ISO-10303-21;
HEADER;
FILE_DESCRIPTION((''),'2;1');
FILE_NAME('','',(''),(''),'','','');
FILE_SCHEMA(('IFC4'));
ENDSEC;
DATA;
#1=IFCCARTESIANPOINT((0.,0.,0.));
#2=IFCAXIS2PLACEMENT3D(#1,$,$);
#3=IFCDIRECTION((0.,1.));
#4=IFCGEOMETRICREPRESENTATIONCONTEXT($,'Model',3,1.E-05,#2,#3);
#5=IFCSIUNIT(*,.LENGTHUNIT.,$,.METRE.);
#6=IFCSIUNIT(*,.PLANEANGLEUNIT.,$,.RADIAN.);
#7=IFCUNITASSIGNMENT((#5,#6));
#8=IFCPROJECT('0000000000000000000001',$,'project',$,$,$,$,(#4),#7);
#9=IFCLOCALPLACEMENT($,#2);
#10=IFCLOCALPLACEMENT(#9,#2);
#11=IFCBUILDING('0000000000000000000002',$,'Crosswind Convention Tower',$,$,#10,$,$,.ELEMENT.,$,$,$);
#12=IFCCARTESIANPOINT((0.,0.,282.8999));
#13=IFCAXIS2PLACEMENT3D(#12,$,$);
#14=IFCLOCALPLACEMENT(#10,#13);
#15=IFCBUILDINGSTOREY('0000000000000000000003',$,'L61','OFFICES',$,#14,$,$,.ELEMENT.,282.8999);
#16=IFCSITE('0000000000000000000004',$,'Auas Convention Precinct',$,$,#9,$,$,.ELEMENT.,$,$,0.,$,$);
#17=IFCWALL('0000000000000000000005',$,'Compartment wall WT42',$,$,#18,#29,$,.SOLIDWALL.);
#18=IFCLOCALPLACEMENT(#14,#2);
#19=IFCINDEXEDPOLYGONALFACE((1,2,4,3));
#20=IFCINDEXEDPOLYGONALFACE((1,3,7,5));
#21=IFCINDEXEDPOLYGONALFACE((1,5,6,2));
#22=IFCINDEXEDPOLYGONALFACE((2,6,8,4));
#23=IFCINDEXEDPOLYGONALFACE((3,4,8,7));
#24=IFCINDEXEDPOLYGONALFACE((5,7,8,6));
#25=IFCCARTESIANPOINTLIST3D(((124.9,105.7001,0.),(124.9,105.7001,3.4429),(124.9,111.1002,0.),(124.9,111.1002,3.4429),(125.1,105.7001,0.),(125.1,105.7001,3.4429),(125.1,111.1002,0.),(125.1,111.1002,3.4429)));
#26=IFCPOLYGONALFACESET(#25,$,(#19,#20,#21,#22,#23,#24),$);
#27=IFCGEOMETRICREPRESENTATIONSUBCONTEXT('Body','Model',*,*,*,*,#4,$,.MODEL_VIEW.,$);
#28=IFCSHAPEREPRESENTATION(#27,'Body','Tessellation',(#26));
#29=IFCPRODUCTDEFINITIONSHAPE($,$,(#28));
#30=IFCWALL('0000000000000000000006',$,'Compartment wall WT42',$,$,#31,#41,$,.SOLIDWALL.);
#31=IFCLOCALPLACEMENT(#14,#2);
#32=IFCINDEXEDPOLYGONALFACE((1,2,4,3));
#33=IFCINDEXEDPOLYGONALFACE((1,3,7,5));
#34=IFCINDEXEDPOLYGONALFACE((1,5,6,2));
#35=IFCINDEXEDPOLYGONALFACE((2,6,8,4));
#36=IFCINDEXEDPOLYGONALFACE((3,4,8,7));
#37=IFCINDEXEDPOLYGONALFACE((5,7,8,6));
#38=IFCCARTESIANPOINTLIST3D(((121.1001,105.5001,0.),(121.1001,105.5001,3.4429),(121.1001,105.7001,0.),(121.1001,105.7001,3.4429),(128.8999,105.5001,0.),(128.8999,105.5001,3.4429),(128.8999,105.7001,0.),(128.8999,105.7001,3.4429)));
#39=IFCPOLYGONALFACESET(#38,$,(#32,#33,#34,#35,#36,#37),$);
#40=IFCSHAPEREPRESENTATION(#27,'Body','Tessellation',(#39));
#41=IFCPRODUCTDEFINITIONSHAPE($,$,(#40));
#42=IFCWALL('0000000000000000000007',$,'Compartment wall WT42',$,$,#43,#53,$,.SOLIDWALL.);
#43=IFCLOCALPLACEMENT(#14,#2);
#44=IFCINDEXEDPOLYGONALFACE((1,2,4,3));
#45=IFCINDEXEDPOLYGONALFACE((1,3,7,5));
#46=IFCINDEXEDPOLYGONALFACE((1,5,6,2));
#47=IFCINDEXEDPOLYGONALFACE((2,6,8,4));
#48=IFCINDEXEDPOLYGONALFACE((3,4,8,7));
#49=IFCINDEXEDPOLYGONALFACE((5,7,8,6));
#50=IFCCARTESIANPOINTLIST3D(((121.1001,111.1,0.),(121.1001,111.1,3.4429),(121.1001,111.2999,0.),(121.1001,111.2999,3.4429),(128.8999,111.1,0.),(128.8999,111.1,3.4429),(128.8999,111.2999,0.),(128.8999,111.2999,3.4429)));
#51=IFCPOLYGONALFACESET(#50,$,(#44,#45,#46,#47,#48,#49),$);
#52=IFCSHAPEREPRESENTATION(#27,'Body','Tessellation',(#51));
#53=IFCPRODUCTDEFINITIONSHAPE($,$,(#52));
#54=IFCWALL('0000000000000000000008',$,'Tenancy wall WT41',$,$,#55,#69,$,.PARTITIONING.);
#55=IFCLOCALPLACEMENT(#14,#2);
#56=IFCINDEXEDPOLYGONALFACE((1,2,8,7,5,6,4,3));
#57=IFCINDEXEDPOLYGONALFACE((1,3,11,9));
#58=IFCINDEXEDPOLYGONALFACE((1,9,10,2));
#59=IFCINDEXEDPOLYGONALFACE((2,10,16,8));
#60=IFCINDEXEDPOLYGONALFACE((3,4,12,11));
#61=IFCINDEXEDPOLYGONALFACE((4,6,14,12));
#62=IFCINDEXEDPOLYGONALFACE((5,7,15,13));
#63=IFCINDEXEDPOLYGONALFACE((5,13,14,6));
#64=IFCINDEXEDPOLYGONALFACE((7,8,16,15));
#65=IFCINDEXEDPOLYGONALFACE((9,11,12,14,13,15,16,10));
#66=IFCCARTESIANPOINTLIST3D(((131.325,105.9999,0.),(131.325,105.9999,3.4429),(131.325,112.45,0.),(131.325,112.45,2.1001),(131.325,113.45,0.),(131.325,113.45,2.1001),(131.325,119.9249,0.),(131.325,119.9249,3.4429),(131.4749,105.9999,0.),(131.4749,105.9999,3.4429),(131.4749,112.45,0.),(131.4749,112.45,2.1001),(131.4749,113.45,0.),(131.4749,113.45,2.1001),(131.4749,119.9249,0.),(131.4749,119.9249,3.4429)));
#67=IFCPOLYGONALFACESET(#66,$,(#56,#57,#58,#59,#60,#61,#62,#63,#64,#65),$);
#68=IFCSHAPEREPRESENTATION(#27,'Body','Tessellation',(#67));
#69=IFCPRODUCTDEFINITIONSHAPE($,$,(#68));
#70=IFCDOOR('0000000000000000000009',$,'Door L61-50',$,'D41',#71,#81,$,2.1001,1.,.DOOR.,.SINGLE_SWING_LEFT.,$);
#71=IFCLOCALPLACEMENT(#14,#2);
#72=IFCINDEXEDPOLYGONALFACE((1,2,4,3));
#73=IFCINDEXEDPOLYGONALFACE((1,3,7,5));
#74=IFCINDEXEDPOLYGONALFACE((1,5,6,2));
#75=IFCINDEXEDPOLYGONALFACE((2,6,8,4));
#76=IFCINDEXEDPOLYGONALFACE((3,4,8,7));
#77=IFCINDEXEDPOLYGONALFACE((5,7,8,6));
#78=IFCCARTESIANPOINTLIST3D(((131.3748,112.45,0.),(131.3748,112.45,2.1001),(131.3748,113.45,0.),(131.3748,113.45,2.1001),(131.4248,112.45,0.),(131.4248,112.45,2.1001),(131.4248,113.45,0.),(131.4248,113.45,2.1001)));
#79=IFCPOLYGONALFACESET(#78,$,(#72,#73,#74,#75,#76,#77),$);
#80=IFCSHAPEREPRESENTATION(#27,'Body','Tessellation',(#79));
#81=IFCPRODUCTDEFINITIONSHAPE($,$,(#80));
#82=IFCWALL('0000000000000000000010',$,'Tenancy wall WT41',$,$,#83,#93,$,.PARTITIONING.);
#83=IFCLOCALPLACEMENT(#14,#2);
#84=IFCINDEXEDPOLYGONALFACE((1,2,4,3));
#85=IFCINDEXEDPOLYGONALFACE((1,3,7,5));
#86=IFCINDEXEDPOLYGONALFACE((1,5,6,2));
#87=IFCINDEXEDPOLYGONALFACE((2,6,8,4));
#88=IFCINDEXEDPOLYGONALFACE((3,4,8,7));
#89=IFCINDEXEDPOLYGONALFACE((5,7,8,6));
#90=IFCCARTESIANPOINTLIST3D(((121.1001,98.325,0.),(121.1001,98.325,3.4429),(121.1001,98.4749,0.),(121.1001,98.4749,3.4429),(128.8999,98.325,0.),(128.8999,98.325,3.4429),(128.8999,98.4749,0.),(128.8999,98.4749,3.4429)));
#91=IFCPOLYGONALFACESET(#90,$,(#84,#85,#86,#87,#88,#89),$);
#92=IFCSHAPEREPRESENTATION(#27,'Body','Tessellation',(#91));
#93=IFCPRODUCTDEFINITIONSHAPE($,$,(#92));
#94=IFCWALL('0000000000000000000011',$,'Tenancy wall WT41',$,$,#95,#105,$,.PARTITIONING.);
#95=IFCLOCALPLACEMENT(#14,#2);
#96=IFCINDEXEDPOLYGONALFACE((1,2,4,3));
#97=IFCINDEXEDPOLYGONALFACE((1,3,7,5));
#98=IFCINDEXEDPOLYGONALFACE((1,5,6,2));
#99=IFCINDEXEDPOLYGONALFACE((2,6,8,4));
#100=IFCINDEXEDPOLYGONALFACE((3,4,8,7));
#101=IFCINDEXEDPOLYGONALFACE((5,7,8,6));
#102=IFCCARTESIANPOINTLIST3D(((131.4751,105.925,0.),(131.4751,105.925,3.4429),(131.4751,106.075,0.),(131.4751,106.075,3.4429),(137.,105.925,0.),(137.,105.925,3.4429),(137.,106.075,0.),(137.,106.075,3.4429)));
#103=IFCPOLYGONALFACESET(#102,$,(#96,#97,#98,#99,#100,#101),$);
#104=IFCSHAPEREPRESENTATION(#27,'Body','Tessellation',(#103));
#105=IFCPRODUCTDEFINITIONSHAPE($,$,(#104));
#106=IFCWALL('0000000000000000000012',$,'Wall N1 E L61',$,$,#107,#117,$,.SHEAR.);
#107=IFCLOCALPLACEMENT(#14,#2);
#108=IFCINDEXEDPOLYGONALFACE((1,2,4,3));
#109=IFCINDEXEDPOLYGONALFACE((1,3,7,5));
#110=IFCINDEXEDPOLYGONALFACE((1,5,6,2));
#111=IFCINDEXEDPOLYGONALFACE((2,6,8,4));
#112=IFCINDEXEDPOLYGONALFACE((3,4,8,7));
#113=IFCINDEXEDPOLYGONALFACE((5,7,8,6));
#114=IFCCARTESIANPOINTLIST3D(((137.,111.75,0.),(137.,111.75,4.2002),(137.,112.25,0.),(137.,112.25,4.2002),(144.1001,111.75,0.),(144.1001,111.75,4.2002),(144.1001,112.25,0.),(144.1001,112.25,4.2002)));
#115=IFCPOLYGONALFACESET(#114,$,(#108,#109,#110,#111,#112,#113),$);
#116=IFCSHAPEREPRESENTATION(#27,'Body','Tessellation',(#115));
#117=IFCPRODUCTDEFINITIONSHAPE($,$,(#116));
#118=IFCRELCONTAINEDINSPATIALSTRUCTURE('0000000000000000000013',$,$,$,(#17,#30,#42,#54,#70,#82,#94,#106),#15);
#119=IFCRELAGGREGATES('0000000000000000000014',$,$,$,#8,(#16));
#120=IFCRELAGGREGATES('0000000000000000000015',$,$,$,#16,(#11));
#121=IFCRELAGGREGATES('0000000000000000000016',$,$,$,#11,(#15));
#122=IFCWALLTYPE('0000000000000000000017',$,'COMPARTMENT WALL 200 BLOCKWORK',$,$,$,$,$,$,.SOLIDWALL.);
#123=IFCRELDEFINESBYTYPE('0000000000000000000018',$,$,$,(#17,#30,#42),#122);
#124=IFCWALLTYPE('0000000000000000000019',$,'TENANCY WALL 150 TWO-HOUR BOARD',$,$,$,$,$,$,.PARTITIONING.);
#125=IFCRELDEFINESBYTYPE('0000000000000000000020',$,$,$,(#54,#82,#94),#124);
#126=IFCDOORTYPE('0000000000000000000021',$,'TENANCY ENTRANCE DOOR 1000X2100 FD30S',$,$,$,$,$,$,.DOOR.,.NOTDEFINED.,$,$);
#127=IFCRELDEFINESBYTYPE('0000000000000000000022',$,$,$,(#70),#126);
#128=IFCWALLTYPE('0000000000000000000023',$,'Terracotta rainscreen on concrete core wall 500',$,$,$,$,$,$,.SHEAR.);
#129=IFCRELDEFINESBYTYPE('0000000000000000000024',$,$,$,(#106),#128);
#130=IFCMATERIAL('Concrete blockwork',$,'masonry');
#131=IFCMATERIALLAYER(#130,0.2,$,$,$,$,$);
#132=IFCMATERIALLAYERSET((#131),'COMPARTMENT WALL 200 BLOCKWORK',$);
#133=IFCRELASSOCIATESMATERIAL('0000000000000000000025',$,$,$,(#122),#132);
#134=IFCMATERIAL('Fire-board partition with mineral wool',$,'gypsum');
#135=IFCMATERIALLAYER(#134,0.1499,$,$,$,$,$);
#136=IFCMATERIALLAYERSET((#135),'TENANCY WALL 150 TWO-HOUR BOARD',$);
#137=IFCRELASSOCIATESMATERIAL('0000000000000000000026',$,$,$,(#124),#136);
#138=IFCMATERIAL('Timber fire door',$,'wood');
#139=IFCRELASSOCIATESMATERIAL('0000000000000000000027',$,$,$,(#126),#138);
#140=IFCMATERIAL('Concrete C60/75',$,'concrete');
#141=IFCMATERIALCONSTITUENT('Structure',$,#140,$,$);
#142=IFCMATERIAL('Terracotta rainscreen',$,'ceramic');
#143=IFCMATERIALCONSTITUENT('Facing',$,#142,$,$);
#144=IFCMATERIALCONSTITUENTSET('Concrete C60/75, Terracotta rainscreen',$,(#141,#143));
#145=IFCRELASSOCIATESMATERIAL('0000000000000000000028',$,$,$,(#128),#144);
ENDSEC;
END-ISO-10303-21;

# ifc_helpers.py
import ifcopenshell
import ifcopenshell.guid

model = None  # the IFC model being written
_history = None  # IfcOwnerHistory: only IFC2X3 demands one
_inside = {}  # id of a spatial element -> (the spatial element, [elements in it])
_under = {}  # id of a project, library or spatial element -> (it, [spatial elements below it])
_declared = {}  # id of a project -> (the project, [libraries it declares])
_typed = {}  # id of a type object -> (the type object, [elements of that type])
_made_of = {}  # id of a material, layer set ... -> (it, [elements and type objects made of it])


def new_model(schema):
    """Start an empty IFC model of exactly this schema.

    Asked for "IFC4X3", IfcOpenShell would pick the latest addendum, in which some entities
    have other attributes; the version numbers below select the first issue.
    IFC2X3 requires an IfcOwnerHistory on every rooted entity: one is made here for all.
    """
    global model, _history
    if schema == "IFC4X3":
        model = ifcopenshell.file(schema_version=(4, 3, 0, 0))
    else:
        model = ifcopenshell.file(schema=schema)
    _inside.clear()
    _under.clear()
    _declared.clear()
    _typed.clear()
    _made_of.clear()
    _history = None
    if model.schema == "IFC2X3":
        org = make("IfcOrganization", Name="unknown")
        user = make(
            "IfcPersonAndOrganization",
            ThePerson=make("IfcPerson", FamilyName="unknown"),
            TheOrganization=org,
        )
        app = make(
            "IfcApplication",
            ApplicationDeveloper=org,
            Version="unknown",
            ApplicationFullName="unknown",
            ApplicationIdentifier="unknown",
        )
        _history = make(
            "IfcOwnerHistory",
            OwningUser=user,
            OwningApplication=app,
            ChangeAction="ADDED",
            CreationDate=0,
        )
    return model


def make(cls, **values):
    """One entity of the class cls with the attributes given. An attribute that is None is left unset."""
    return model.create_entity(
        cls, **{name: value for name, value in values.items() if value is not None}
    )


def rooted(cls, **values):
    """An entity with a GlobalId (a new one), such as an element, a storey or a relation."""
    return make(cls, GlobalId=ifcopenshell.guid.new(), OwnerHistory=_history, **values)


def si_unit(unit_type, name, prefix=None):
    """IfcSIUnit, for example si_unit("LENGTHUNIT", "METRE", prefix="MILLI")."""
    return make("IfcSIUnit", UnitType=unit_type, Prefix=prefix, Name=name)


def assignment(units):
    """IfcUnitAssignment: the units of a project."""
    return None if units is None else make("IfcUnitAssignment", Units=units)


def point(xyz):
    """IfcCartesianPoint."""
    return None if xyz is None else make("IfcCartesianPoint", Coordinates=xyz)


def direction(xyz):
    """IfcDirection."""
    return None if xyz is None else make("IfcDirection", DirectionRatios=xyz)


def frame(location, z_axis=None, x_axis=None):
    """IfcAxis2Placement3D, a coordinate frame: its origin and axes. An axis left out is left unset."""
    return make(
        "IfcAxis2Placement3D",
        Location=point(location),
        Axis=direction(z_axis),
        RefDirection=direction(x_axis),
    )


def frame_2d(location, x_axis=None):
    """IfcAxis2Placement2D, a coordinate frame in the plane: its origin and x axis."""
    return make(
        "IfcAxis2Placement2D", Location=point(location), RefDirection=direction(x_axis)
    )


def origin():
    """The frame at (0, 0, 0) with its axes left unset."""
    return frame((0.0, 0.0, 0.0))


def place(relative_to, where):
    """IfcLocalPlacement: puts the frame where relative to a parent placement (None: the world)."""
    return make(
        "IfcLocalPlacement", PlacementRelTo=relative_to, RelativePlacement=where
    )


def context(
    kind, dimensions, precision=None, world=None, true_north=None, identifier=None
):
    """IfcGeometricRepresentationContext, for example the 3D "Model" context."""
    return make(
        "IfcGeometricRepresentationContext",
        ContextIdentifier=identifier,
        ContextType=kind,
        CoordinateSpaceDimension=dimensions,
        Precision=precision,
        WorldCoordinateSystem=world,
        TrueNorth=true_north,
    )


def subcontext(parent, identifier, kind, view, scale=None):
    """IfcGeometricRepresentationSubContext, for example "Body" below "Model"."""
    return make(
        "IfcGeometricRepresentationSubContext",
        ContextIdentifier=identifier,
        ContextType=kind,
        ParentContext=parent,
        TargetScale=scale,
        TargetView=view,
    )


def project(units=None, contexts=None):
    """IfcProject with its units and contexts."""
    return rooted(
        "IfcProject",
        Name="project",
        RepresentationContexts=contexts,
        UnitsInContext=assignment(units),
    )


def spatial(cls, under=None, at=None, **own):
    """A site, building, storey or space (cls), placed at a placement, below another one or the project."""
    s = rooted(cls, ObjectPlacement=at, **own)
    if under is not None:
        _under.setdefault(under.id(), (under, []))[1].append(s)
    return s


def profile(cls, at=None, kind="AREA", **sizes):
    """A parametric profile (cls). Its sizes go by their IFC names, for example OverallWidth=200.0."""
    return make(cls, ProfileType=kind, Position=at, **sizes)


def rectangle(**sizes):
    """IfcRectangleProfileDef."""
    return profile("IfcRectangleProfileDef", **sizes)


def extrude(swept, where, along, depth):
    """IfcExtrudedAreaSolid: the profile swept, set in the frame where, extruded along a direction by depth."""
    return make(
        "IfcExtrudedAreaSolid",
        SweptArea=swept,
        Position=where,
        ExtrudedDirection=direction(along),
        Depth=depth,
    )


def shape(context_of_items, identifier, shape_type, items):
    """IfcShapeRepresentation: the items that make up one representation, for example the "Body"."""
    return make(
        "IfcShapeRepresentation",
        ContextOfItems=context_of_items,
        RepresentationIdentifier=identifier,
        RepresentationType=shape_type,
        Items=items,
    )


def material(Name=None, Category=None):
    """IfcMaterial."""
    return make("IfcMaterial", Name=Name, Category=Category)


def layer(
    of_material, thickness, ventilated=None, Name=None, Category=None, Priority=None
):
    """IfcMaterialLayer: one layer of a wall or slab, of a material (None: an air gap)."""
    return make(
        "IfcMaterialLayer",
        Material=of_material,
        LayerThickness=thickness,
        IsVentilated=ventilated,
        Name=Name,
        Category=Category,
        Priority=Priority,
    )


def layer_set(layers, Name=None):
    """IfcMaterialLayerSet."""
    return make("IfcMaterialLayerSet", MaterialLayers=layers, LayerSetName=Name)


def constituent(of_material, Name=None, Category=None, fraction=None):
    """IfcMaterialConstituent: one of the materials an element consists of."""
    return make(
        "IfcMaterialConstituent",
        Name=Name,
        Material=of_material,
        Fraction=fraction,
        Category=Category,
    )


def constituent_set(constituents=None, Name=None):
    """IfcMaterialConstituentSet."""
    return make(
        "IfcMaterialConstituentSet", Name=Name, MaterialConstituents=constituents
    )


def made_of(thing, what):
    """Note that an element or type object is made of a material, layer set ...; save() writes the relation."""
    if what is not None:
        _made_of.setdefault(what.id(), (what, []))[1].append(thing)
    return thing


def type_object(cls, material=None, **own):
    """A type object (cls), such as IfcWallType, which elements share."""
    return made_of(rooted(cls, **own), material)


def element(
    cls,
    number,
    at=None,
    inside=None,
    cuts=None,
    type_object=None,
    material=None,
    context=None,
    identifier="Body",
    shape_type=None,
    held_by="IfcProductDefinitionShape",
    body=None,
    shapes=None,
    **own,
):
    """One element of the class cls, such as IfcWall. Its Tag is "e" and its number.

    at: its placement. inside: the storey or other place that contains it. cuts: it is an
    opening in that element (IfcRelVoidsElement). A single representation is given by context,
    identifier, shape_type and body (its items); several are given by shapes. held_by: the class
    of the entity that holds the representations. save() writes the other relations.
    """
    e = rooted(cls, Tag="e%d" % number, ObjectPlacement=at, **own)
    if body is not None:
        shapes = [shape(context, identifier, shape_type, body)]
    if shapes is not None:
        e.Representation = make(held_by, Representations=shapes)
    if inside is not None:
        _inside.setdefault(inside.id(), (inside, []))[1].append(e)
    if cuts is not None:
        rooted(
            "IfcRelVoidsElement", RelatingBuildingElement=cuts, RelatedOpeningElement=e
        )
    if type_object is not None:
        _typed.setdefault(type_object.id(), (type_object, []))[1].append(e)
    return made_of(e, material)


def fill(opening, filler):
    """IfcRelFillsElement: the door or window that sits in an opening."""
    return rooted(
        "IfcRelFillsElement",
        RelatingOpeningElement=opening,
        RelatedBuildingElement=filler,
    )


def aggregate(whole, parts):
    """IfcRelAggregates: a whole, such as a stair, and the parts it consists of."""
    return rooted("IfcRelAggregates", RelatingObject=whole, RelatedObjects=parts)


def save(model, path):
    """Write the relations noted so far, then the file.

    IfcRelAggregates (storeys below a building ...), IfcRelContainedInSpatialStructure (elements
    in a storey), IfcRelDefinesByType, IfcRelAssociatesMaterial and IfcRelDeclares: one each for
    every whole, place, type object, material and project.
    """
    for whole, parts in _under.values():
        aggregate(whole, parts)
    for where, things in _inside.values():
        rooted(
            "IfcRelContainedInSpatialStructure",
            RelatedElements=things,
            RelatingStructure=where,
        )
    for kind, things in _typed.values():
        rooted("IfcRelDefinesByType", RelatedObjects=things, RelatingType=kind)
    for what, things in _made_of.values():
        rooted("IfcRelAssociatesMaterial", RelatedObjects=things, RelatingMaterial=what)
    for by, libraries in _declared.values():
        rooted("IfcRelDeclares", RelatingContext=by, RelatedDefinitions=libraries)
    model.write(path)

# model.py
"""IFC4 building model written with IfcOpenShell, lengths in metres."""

from ifc_helpers import new_model, si_unit, direction, frame, frame_2d, origin, place, context, subcontext, project, spatial, rectangle, extrude, material, layer, layer_set, constituent, constituent_set, type_object, element, fill, save


model = new_model("IFC4")

# Units and contexts
model_context = context("Model", 3, precision=1e-05, world=origin(), true_north=direction((0.0, 1.0)))
body_context = subcontext(model_context, "Body", "Model", "MODEL_VIEW")
ifc_project = project(units=[si_unit("LENGTHUNIT", "METRE"), si_unit("PLANEANGLEUNIT", "RADIAN")], contexts=[model_context])

# Site, building, storey
site_placement = place(None, origin())
site = spatial("IfcSite", under=ifc_project, at=site_placement, Name="Auas Convention Precinct", CompositionType="ELEMENT", RefElevation=0.0)
building_placement = place(site_placement, origin())
building = spatial("IfcBuilding", under=site, at=building_placement, Name="Crosswind Convention Tower", CompositionType="ELEMENT")
storey_placement = place(building_placement, frame((0.0, 0.0, 282.8999)))
storey = spatial("IfcBuildingStorey", under=building, at=storey_placement, Name="L61", Description="OFFICES", CompositionType="ELEMENT", Elevation=282.8999)

# Shared definitions
ifc_material_1 = material(Name="Concrete C60/75", Category="concrete")

# Walls
ifc_material_2 = material(Name="Concrete blockwork", Category="masonry")
ifc_layer_1 = layer(ifc_material_2, 0.2)
ifc_layer_set_1 = layer_set([ifc_layer_1], Name="COMPARTMENT WALL 200 BLOCKWORK")
wall_type_1 = type_object("IfcWallType", Name="COMPARTMENT WALL 200 BLOCKWORK", PredefinedType="SOLIDWALL", material=ifc_layer_set_1)
wall_1_placement = place(storey_placement, frame((125.0, 105.7, 0.0), z_axis=(0.0, 0.0, 1.0), x_axis=(0.0, 1.0, 0.0)))
element("IfcWall", 1, at=wall_1_placement, inside=storey, type_object=wall_type_1, Name="Compartment wall WT42", PredefinedType="SOLIDWALL", context=body_context, shape_type="SweptSolid", body=[
    extrude(rectangle(XDim=5.4001, YDim=0.2, at=frame_2d((2.7002, 0.0))), origin(), (0.0, 0.0, 1.0), 3.4429),
])
for number, where, z_axis, x_axis, name in (
    (2, (121.1001, 105.6001, 0.0), (0.0, 0.0, 1.0), (1.0, 0.0, 0.0), "Compartment wall WT42"),
    (3, (121.1001, 111.2, 0.0), (0.0, 0.0, 1.0), (1.0, 0.0, 0.0), "Compartment wall WT42"),
):
    element("IfcWall", number, at=place(storey_placement, frame(where, z_axis=z_axis, x_axis=x_axis)), inside=storey, type_object=wall_type_1, Name=name, PredefinedType="SOLIDWALL", context=body_context, shape_type="SweptSolid", body=[
        extrude(rectangle(XDim=7.7998, YDim=0.2, at=frame_2d((3.8999, 0.0))), origin(), (0.0, 0.0, 1.0), 3.4429),
    ])

# Wall, opening, door
ifc_material_3 = material(Name="Fire-board partition with mineral wool", Category="gypsum")
ifc_layer_2 = layer(ifc_material_3, 0.1499)
ifc_layer_set_2 = layer_set([ifc_layer_2], Name="TENANCY WALL 150 TWO-HOUR BOARD")
wall_type_2 = type_object("IfcWallType", Name="TENANCY WALL 150 TWO-HOUR BOARD", PredefinedType="PARTITIONING", material=ifc_layer_set_2)
wall_2_placement = place(storey_placement, frame((131.3999, 106.0, 0.0), z_axis=(0.0, 0.0, 1.0), x_axis=(0.0, 1.0, 0.0)))
wall_2 = element("IfcWall", 4, at=wall_2_placement, inside=storey, type_object=wall_type_2, Name="Tenancy wall WT41", PredefinedType="PARTITIONING", context=body_context, shape_type="SweptSolid", body=[
    extrude(rectangle(XDim=13.925, YDim=0.1499, at=frame_2d((6.9624, 0.0))), origin(), (0.0, 0.0, 1.0), 3.4429),
])
opening_placement = place(wall_2_placement, frame((6.45, 0.0, 0.0)))
opening = element("IfcOpeningElement", 5, at=opening_placement, cuts=wall_2, PredefinedType="OPENING", context=body_context, shape_type="SweptSolid", body=[
    extrude(rectangle(XDim=1.0, YDim=2.1001, at=frame_2d((0.5, 1.05))), frame((0.0, 0.085, 0.0), z_axis=(0.0, -1.0, 0.0), x_axis=(1.0, 0.0, 0.0)), (0.0, 0.0, 1.0), 0.1699),
])
ifc_material_4 = material(Name="Timber fire door", Category="wood")
door_type = type_object("IfcDoorType", Name="TENANCY ENTRANCE DOOR 1000X2100 FD30S", OperationType="NOTDEFINED", PredefinedType="DOOR", material=ifc_material_4)
door_placement = place(opening_placement, frame((1.0, 0.0, 0.0), z_axis=(0.0, 0.0, 1.0), x_axis=(-1.0, 0.0, 0.0)))
door = element("IfcDoor", 6, at=door_placement, inside=storey, type_object=door_type, Name="Door L61-50", ObjectType="D41", OperationType="SINGLE_SWING_LEFT", OverallHeight=2.1001, OverallWidth=1.0, PredefinedType="DOOR", context=body_context, shape_type="SweptSolid", body=[
    extrude(rectangle(XDim=1.0, YDim=2.1001, at=frame_2d((0.5, 1.05))), frame((0.0, 0.0249, 0.0), z_axis=(0.0, -1.0, 0.0), x_axis=(1.0, 0.0, 0.0)), (0.0, 0.0, 1.0), 0.05),
])
fill(opening, door)

# Walls
wall_3_placement = place(storey_placement, frame((121.1001, 98.3999, 0.0), z_axis=(0.0, 0.0, 1.0), x_axis=(1.0, 0.0, 0.0)))
element("IfcWall", 7, at=wall_3_placement, inside=storey, type_object=wall_type_2, Name="Tenancy wall WT41", PredefinedType="PARTITIONING", context=body_context, shape_type="SweptSolid", body=[
    extrude(rectangle(XDim=7.7998, YDim=0.1499, at=frame_2d((3.8999, 0.0))), origin(), (0.0, 0.0, 1.0), 3.4429),
])
wall_4_placement = place(storey_placement, frame((131.4751, 106.0, 0.0), z_axis=(0.0, 0.0, 1.0), x_axis=(1.0, 0.0, 0.0)))
element("IfcWall", 8, at=wall_4_placement, inside=storey, type_object=wall_type_2, Name="Tenancy wall WT41", PredefinedType="PARTITIONING", context=body_context, shape_type="SweptSolid", body=[
    extrude(rectangle(XDim=5.5249, YDim=0.1499, at=frame_2d((2.7625, 0.0))), origin(), (0.0, 0.0, 1.0), 3.4429),
])
ifc_constituent_1 = constituent(ifc_material_1, Name="Structure")
ifc_material_5 = material(Name="Terracotta rainscreen", Category="ceramic")
ifc_constituent_2 = constituent(ifc_material_5, Name="Facing")
ifc_constituent_set = constituent_set(constituents=[ifc_constituent_1, ifc_constituent_2], Name="Concrete C60/75, Terracotta rainscreen")
wall_type_3 = type_object("IfcWallType", Name="Terracotta rainscreen on concrete core wall 500", PredefinedType="SHEAR", material=ifc_constituent_set)
wall_5_placement = place(storey_placement, frame((137.0, 112.0, 0.0), z_axis=(0.0, 0.0, 1.0), x_axis=(1.0, 0.0, 0.0)))
element("IfcWall", 9, at=wall_5_placement, inside=storey, type_object=wall_type_3, Name="Wall N1 E L61", PredefinedType="SHEAR", context=body_context, shape_type="SweptSolid", body=[
    extrude(rectangle(XDim=7.1001, YDim=0.5, at=frame_2d((3.55, 0.0))), origin(), (0.0, 0.0, 1.0), 4.2002),
])

save(model, "model.ifc")
